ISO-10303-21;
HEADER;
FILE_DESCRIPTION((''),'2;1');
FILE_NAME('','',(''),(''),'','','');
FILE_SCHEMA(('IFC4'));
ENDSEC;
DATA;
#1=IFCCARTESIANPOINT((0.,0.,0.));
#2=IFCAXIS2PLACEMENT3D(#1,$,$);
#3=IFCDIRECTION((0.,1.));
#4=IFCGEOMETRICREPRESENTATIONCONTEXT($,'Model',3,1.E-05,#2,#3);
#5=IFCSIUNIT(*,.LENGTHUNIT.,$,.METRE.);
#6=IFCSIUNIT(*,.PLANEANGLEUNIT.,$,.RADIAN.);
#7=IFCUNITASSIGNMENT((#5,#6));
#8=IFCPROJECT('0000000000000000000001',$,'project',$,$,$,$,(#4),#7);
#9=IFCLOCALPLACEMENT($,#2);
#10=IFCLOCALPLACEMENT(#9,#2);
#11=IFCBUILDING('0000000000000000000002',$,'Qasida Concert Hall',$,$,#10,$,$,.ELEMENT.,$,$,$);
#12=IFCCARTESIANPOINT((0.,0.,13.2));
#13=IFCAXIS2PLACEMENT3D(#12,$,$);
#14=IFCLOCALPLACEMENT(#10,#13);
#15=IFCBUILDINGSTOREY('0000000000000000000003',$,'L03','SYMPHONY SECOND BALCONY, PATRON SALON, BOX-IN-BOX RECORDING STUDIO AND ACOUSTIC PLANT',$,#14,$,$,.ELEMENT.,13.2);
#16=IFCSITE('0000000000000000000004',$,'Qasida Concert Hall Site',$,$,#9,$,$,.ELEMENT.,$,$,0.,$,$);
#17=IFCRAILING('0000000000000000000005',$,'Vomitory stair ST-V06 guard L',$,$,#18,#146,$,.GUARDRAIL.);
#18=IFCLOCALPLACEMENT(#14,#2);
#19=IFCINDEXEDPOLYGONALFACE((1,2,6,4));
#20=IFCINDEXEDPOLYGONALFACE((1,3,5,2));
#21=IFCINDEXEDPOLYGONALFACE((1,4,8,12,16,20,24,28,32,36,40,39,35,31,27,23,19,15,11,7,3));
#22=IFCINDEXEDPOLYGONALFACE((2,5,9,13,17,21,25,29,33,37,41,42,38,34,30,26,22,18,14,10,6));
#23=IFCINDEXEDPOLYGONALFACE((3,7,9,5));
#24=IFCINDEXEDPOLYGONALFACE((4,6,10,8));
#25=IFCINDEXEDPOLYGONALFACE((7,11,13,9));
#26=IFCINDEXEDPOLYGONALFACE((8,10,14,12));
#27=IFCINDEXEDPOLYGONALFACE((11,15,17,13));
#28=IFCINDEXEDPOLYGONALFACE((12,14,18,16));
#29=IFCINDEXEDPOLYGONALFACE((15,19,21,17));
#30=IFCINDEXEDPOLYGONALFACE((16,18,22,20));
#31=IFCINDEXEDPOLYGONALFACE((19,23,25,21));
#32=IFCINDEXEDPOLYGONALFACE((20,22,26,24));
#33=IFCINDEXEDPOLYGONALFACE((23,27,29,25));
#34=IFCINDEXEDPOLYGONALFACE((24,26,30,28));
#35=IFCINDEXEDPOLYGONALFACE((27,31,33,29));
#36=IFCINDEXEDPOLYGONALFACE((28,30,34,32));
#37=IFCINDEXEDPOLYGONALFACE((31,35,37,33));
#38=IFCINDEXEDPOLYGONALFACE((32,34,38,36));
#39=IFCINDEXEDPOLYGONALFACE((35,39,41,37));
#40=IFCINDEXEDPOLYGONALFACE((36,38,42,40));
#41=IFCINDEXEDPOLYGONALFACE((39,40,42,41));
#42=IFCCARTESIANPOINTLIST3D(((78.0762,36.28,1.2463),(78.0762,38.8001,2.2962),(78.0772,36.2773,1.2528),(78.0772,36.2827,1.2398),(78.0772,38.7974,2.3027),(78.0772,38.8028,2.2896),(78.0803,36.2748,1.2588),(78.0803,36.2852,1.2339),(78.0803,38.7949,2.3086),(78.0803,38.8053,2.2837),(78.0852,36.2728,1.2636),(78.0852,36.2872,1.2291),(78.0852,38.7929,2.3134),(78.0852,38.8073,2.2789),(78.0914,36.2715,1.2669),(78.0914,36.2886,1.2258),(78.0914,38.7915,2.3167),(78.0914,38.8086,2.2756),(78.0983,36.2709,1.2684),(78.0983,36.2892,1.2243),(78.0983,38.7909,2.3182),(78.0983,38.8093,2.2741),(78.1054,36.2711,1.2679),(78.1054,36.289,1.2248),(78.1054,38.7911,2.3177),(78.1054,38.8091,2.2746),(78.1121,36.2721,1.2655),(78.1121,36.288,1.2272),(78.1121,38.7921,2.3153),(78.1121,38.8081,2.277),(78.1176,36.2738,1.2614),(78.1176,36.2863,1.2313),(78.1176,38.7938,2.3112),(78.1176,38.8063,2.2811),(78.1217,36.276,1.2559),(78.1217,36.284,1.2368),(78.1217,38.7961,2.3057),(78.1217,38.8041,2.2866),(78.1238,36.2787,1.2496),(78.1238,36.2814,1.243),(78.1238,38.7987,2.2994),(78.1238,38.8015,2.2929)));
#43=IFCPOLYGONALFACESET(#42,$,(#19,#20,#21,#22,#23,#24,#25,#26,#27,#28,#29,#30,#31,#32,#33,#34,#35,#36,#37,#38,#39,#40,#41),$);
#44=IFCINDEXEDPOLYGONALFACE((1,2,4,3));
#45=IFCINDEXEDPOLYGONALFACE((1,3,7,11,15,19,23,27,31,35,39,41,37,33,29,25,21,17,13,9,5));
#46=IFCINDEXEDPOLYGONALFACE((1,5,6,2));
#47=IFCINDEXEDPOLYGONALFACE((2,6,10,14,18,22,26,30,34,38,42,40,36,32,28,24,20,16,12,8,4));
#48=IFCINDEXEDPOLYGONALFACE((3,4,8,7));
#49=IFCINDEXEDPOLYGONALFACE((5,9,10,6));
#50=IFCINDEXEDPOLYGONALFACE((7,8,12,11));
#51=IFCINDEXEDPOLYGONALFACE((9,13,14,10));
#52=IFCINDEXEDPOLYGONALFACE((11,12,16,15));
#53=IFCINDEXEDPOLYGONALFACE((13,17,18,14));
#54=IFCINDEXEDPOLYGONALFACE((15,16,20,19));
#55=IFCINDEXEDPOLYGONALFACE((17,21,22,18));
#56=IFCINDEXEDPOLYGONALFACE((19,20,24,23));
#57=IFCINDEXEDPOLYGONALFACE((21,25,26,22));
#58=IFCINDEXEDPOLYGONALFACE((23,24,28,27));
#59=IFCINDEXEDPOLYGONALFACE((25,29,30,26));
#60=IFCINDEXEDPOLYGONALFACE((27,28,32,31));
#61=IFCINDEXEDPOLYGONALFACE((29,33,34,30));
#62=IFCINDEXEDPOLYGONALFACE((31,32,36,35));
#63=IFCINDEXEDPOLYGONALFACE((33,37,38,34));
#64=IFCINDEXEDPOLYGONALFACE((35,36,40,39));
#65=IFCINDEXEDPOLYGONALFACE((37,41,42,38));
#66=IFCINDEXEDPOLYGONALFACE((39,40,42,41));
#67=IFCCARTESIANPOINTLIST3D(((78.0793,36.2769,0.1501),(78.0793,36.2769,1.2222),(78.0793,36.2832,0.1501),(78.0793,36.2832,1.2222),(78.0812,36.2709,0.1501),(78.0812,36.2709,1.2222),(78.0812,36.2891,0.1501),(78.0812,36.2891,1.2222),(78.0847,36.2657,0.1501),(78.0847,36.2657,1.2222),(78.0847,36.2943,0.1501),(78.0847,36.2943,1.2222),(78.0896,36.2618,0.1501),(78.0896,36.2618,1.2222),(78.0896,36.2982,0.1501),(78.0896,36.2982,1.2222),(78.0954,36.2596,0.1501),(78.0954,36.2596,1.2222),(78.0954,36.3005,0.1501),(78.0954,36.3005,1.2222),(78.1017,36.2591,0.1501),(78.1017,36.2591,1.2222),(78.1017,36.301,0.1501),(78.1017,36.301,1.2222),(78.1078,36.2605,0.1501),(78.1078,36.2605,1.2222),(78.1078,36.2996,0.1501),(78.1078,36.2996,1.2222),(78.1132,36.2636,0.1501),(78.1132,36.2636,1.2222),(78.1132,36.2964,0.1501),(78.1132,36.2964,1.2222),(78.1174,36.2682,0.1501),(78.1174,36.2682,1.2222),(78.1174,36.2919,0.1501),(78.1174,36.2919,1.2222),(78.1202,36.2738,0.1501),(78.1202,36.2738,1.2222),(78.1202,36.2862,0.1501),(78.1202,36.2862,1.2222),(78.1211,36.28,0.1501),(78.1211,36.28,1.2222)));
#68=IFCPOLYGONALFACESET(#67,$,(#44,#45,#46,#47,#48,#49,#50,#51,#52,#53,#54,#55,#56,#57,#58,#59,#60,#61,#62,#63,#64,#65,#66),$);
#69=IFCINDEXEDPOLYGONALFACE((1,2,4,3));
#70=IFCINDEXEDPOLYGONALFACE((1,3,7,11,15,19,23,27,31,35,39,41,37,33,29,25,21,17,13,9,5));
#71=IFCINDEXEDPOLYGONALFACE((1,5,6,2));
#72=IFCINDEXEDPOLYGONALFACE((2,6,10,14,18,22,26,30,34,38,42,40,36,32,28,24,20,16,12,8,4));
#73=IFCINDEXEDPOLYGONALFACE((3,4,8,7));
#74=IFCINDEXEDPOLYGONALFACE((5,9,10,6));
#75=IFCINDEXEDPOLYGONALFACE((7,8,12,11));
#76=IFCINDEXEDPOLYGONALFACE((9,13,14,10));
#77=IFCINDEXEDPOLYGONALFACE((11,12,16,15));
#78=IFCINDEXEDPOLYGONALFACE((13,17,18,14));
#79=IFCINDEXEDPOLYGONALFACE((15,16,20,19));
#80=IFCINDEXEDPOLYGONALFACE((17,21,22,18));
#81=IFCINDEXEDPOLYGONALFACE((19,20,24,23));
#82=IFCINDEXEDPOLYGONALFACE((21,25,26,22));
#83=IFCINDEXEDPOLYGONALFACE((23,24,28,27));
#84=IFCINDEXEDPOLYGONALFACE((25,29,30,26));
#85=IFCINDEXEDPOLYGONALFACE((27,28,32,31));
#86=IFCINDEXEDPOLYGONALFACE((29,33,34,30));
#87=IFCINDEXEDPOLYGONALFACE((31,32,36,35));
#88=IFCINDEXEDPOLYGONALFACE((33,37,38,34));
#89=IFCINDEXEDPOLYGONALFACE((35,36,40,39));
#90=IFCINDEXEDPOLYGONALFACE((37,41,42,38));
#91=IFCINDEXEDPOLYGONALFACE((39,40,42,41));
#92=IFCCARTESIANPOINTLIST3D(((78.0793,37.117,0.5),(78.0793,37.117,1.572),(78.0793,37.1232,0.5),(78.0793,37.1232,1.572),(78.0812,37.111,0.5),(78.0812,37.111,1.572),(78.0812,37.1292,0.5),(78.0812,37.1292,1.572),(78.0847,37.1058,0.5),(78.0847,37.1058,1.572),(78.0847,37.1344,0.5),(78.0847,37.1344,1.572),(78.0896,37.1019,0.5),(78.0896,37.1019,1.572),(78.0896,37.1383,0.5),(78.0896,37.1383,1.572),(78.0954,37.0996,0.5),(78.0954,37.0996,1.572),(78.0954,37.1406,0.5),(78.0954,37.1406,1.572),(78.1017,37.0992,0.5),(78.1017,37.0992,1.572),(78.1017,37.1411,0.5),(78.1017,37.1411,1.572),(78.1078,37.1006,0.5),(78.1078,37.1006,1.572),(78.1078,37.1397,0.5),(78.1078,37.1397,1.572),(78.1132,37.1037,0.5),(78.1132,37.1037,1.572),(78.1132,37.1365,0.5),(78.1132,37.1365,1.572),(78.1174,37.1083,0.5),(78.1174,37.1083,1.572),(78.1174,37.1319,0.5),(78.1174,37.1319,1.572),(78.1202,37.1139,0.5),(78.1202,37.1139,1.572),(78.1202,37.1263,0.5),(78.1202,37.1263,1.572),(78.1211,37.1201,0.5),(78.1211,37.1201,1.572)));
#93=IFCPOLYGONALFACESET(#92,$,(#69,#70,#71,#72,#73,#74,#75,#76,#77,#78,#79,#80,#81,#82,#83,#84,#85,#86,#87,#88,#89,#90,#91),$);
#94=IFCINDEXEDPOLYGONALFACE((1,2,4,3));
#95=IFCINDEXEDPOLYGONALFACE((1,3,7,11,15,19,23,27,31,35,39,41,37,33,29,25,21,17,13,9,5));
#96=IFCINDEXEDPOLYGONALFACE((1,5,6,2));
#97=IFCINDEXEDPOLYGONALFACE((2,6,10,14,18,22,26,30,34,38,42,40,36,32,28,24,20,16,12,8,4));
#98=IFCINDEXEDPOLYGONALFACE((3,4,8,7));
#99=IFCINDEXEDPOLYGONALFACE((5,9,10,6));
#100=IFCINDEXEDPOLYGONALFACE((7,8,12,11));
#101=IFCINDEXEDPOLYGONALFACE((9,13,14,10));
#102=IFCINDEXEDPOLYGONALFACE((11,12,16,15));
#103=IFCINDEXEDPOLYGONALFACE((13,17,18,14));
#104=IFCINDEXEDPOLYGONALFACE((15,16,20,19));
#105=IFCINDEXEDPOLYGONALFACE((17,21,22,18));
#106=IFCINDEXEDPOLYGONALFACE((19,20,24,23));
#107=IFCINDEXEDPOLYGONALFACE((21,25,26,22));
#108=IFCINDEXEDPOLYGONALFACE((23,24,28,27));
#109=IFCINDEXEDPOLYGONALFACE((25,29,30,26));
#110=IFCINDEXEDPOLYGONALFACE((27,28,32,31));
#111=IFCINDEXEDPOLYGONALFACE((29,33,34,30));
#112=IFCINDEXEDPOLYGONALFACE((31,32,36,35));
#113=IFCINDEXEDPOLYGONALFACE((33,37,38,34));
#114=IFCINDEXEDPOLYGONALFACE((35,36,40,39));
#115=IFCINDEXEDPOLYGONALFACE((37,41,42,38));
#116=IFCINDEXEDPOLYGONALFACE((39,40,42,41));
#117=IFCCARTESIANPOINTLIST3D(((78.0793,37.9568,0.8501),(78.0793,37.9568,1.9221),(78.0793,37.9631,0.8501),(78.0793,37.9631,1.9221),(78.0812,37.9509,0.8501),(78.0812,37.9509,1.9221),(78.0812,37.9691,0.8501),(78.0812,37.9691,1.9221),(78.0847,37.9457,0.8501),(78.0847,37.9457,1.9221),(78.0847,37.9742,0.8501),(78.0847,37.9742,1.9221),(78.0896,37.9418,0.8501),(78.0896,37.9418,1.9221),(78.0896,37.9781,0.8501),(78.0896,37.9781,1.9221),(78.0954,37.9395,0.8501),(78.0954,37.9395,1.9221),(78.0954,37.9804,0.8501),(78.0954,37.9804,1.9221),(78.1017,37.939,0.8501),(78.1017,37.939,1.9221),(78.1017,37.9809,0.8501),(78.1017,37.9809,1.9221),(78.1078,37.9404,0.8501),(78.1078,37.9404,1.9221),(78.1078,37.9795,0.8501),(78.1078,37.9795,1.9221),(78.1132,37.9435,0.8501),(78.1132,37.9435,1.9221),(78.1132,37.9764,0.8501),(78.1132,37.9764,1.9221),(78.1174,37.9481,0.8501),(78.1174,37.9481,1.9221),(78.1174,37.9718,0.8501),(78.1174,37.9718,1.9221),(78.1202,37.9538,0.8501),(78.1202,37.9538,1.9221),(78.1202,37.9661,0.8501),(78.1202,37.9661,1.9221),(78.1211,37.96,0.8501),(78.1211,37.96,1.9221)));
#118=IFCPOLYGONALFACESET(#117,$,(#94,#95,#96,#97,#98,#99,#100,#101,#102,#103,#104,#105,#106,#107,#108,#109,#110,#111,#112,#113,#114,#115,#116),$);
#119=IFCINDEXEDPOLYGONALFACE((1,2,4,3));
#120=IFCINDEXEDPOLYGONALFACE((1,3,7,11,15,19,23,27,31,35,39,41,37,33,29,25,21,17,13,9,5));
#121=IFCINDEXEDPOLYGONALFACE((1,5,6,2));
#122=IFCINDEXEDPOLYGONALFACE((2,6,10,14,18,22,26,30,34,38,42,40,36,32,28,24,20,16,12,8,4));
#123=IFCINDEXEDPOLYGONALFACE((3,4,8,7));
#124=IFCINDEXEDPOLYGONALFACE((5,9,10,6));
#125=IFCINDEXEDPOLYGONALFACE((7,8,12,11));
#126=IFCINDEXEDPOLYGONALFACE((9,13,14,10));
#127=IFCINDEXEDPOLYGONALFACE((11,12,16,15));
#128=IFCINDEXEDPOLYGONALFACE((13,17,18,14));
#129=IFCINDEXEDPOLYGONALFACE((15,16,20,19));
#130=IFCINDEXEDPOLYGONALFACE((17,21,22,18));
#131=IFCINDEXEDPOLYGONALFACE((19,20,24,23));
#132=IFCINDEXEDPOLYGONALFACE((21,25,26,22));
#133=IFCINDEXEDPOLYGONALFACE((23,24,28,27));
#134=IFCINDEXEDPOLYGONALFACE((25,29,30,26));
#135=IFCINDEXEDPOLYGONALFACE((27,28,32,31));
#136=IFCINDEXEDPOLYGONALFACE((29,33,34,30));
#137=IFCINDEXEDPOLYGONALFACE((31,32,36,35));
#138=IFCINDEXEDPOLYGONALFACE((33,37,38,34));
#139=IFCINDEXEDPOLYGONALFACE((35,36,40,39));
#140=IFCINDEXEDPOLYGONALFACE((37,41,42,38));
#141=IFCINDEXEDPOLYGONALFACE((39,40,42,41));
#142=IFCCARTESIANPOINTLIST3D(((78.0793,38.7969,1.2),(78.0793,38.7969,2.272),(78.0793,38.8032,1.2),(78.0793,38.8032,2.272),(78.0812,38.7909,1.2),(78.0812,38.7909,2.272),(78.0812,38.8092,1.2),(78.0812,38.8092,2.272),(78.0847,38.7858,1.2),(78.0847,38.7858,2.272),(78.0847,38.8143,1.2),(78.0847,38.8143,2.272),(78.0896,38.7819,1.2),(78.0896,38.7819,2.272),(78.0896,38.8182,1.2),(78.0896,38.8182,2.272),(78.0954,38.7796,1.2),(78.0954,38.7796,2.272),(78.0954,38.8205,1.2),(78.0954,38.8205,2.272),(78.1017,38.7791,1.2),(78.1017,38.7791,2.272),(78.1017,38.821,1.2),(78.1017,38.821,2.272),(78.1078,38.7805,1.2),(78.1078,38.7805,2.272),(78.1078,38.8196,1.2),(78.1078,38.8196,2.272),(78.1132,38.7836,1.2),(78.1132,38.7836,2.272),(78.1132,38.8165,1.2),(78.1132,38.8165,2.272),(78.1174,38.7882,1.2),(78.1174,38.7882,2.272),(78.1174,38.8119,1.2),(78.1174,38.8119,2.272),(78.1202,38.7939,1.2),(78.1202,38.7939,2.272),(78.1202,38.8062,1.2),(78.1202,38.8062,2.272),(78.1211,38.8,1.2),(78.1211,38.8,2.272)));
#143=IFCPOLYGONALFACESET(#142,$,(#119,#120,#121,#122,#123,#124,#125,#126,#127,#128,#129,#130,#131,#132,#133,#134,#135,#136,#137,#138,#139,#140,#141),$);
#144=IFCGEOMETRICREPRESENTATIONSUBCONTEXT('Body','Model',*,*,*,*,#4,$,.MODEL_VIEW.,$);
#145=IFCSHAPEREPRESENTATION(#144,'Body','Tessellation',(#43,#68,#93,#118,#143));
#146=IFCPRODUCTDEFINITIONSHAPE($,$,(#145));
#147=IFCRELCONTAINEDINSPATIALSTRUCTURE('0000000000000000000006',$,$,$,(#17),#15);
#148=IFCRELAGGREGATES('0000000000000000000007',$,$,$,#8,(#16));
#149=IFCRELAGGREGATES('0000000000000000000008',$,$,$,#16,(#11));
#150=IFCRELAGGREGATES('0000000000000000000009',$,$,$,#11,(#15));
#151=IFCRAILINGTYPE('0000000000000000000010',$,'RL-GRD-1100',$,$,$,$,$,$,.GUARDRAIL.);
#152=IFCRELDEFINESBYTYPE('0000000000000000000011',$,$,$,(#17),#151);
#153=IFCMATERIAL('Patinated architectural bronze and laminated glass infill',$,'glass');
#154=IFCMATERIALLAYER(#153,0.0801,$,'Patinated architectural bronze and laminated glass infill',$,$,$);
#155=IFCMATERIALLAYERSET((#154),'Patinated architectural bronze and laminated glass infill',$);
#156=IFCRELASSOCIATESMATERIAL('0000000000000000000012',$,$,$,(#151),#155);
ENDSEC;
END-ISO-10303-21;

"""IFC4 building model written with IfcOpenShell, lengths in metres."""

from ifc_helpers import new_model, si_unit, direction, frame, origin, origin_2d, place, context, subcontext, project, spatial, circle, extrude, material, layer, layer_set, type_object, element, save


model = new_model("IFC4")

# Units and contexts
model_context = context("Model", 3, precision=1e-05, world=origin(), true_north=direction((0.0, 1.0)))
body_context = subcontext(model_context, "Body", "Model", "MODEL_VIEW")
ifc_project = project(units=[si_unit("LENGTHUNIT", "METRE"), si_unit("PLANEANGLEUNIT", "RADIAN")], contexts=[model_context])

# Site, building, storey
site_placement = place(None, origin())
site = spatial("IfcSite", under=ifc_project, at=site_placement, Name="Qasida Concert Hall Site", CompositionType="ELEMENT", RefElevation=0.0)
building_placement = place(site_placement, origin())
building = spatial("IfcBuilding", under=site, at=building_placement, Name="Qasida Concert Hall", CompositionType="ELEMENT")
storey_placement = place(building_placement, frame((0.0, 0.0, 13.2)))
storey = spatial("IfcBuildingStorey", under=building, at=storey_placement, Name="L03", Description="SYMPHONY SECOND BALCONY, PATRON SALON, BOX-IN-BOX RECORDING STUDIO AND ACOUSTIC PLANT", CompositionType="ELEMENT", Elevation=13.2)

# Railing
ifc_material_1 = material(Name="Patinated architectural bronze and laminated glass infill", Category="glass")
ifc_layer_1 = layer(ifc_material_1, 0.0801, Name="Patinated architectural bronze and laminated glass infill")
ifc_layer_set_1 = layer_set([ifc_layer_1], Name="Patinated architectural bronze and laminated glass infill")
railing_type_1 = type_object("IfcRailingType", Name="RL-GRD-1100", PredefinedType="GUARDRAIL", material=ifc_layer_set_1)
for number, where, name in (
    (1, (78.1001, 36.28, 0.1501), "Vomitory stair ST-V06 guard L"),
):
    element("IfcRailing", number, at=place(storey_placement, frame(where)), inside=storey, type_object=railing_type_1, Name=name, PredefinedType="GUARDRAIL", context=body_context, shape_type="SweptSolid", body=[
        extrude(circle(Radius=0.0239, at=origin_2d()), frame((0.0, 0.0, 1.0962), z_axis=(0.0, 0.923103, 0.384552), x_axis=(-1.0, 0.0, 0.0)), (0.0, 0.0, 1.0), 2.73),
        extrude(circle(Radius=0.021, at=origin_2d()), origin(), (0.0, 0.0, 1.0), 1.072),
        extrude(circle(Radius=0.021, at=origin_2d()), frame((0.0, 0.8401, 0.3499)), (0.0, 0.0, 1.0), 1.072),
        extrude(circle(Radius=0.021, at=origin_2d()), frame((0.0, 1.6799, 0.7)), (0.0, 0.0, 1.0), 1.072),
        extrude(circle(Radius=0.021, at=origin_2d()), frame((0.0, 2.52, 1.0498)), (0.0, 0.0, 1.0), 1.072),
    ])

save(model, "model.ifc")
